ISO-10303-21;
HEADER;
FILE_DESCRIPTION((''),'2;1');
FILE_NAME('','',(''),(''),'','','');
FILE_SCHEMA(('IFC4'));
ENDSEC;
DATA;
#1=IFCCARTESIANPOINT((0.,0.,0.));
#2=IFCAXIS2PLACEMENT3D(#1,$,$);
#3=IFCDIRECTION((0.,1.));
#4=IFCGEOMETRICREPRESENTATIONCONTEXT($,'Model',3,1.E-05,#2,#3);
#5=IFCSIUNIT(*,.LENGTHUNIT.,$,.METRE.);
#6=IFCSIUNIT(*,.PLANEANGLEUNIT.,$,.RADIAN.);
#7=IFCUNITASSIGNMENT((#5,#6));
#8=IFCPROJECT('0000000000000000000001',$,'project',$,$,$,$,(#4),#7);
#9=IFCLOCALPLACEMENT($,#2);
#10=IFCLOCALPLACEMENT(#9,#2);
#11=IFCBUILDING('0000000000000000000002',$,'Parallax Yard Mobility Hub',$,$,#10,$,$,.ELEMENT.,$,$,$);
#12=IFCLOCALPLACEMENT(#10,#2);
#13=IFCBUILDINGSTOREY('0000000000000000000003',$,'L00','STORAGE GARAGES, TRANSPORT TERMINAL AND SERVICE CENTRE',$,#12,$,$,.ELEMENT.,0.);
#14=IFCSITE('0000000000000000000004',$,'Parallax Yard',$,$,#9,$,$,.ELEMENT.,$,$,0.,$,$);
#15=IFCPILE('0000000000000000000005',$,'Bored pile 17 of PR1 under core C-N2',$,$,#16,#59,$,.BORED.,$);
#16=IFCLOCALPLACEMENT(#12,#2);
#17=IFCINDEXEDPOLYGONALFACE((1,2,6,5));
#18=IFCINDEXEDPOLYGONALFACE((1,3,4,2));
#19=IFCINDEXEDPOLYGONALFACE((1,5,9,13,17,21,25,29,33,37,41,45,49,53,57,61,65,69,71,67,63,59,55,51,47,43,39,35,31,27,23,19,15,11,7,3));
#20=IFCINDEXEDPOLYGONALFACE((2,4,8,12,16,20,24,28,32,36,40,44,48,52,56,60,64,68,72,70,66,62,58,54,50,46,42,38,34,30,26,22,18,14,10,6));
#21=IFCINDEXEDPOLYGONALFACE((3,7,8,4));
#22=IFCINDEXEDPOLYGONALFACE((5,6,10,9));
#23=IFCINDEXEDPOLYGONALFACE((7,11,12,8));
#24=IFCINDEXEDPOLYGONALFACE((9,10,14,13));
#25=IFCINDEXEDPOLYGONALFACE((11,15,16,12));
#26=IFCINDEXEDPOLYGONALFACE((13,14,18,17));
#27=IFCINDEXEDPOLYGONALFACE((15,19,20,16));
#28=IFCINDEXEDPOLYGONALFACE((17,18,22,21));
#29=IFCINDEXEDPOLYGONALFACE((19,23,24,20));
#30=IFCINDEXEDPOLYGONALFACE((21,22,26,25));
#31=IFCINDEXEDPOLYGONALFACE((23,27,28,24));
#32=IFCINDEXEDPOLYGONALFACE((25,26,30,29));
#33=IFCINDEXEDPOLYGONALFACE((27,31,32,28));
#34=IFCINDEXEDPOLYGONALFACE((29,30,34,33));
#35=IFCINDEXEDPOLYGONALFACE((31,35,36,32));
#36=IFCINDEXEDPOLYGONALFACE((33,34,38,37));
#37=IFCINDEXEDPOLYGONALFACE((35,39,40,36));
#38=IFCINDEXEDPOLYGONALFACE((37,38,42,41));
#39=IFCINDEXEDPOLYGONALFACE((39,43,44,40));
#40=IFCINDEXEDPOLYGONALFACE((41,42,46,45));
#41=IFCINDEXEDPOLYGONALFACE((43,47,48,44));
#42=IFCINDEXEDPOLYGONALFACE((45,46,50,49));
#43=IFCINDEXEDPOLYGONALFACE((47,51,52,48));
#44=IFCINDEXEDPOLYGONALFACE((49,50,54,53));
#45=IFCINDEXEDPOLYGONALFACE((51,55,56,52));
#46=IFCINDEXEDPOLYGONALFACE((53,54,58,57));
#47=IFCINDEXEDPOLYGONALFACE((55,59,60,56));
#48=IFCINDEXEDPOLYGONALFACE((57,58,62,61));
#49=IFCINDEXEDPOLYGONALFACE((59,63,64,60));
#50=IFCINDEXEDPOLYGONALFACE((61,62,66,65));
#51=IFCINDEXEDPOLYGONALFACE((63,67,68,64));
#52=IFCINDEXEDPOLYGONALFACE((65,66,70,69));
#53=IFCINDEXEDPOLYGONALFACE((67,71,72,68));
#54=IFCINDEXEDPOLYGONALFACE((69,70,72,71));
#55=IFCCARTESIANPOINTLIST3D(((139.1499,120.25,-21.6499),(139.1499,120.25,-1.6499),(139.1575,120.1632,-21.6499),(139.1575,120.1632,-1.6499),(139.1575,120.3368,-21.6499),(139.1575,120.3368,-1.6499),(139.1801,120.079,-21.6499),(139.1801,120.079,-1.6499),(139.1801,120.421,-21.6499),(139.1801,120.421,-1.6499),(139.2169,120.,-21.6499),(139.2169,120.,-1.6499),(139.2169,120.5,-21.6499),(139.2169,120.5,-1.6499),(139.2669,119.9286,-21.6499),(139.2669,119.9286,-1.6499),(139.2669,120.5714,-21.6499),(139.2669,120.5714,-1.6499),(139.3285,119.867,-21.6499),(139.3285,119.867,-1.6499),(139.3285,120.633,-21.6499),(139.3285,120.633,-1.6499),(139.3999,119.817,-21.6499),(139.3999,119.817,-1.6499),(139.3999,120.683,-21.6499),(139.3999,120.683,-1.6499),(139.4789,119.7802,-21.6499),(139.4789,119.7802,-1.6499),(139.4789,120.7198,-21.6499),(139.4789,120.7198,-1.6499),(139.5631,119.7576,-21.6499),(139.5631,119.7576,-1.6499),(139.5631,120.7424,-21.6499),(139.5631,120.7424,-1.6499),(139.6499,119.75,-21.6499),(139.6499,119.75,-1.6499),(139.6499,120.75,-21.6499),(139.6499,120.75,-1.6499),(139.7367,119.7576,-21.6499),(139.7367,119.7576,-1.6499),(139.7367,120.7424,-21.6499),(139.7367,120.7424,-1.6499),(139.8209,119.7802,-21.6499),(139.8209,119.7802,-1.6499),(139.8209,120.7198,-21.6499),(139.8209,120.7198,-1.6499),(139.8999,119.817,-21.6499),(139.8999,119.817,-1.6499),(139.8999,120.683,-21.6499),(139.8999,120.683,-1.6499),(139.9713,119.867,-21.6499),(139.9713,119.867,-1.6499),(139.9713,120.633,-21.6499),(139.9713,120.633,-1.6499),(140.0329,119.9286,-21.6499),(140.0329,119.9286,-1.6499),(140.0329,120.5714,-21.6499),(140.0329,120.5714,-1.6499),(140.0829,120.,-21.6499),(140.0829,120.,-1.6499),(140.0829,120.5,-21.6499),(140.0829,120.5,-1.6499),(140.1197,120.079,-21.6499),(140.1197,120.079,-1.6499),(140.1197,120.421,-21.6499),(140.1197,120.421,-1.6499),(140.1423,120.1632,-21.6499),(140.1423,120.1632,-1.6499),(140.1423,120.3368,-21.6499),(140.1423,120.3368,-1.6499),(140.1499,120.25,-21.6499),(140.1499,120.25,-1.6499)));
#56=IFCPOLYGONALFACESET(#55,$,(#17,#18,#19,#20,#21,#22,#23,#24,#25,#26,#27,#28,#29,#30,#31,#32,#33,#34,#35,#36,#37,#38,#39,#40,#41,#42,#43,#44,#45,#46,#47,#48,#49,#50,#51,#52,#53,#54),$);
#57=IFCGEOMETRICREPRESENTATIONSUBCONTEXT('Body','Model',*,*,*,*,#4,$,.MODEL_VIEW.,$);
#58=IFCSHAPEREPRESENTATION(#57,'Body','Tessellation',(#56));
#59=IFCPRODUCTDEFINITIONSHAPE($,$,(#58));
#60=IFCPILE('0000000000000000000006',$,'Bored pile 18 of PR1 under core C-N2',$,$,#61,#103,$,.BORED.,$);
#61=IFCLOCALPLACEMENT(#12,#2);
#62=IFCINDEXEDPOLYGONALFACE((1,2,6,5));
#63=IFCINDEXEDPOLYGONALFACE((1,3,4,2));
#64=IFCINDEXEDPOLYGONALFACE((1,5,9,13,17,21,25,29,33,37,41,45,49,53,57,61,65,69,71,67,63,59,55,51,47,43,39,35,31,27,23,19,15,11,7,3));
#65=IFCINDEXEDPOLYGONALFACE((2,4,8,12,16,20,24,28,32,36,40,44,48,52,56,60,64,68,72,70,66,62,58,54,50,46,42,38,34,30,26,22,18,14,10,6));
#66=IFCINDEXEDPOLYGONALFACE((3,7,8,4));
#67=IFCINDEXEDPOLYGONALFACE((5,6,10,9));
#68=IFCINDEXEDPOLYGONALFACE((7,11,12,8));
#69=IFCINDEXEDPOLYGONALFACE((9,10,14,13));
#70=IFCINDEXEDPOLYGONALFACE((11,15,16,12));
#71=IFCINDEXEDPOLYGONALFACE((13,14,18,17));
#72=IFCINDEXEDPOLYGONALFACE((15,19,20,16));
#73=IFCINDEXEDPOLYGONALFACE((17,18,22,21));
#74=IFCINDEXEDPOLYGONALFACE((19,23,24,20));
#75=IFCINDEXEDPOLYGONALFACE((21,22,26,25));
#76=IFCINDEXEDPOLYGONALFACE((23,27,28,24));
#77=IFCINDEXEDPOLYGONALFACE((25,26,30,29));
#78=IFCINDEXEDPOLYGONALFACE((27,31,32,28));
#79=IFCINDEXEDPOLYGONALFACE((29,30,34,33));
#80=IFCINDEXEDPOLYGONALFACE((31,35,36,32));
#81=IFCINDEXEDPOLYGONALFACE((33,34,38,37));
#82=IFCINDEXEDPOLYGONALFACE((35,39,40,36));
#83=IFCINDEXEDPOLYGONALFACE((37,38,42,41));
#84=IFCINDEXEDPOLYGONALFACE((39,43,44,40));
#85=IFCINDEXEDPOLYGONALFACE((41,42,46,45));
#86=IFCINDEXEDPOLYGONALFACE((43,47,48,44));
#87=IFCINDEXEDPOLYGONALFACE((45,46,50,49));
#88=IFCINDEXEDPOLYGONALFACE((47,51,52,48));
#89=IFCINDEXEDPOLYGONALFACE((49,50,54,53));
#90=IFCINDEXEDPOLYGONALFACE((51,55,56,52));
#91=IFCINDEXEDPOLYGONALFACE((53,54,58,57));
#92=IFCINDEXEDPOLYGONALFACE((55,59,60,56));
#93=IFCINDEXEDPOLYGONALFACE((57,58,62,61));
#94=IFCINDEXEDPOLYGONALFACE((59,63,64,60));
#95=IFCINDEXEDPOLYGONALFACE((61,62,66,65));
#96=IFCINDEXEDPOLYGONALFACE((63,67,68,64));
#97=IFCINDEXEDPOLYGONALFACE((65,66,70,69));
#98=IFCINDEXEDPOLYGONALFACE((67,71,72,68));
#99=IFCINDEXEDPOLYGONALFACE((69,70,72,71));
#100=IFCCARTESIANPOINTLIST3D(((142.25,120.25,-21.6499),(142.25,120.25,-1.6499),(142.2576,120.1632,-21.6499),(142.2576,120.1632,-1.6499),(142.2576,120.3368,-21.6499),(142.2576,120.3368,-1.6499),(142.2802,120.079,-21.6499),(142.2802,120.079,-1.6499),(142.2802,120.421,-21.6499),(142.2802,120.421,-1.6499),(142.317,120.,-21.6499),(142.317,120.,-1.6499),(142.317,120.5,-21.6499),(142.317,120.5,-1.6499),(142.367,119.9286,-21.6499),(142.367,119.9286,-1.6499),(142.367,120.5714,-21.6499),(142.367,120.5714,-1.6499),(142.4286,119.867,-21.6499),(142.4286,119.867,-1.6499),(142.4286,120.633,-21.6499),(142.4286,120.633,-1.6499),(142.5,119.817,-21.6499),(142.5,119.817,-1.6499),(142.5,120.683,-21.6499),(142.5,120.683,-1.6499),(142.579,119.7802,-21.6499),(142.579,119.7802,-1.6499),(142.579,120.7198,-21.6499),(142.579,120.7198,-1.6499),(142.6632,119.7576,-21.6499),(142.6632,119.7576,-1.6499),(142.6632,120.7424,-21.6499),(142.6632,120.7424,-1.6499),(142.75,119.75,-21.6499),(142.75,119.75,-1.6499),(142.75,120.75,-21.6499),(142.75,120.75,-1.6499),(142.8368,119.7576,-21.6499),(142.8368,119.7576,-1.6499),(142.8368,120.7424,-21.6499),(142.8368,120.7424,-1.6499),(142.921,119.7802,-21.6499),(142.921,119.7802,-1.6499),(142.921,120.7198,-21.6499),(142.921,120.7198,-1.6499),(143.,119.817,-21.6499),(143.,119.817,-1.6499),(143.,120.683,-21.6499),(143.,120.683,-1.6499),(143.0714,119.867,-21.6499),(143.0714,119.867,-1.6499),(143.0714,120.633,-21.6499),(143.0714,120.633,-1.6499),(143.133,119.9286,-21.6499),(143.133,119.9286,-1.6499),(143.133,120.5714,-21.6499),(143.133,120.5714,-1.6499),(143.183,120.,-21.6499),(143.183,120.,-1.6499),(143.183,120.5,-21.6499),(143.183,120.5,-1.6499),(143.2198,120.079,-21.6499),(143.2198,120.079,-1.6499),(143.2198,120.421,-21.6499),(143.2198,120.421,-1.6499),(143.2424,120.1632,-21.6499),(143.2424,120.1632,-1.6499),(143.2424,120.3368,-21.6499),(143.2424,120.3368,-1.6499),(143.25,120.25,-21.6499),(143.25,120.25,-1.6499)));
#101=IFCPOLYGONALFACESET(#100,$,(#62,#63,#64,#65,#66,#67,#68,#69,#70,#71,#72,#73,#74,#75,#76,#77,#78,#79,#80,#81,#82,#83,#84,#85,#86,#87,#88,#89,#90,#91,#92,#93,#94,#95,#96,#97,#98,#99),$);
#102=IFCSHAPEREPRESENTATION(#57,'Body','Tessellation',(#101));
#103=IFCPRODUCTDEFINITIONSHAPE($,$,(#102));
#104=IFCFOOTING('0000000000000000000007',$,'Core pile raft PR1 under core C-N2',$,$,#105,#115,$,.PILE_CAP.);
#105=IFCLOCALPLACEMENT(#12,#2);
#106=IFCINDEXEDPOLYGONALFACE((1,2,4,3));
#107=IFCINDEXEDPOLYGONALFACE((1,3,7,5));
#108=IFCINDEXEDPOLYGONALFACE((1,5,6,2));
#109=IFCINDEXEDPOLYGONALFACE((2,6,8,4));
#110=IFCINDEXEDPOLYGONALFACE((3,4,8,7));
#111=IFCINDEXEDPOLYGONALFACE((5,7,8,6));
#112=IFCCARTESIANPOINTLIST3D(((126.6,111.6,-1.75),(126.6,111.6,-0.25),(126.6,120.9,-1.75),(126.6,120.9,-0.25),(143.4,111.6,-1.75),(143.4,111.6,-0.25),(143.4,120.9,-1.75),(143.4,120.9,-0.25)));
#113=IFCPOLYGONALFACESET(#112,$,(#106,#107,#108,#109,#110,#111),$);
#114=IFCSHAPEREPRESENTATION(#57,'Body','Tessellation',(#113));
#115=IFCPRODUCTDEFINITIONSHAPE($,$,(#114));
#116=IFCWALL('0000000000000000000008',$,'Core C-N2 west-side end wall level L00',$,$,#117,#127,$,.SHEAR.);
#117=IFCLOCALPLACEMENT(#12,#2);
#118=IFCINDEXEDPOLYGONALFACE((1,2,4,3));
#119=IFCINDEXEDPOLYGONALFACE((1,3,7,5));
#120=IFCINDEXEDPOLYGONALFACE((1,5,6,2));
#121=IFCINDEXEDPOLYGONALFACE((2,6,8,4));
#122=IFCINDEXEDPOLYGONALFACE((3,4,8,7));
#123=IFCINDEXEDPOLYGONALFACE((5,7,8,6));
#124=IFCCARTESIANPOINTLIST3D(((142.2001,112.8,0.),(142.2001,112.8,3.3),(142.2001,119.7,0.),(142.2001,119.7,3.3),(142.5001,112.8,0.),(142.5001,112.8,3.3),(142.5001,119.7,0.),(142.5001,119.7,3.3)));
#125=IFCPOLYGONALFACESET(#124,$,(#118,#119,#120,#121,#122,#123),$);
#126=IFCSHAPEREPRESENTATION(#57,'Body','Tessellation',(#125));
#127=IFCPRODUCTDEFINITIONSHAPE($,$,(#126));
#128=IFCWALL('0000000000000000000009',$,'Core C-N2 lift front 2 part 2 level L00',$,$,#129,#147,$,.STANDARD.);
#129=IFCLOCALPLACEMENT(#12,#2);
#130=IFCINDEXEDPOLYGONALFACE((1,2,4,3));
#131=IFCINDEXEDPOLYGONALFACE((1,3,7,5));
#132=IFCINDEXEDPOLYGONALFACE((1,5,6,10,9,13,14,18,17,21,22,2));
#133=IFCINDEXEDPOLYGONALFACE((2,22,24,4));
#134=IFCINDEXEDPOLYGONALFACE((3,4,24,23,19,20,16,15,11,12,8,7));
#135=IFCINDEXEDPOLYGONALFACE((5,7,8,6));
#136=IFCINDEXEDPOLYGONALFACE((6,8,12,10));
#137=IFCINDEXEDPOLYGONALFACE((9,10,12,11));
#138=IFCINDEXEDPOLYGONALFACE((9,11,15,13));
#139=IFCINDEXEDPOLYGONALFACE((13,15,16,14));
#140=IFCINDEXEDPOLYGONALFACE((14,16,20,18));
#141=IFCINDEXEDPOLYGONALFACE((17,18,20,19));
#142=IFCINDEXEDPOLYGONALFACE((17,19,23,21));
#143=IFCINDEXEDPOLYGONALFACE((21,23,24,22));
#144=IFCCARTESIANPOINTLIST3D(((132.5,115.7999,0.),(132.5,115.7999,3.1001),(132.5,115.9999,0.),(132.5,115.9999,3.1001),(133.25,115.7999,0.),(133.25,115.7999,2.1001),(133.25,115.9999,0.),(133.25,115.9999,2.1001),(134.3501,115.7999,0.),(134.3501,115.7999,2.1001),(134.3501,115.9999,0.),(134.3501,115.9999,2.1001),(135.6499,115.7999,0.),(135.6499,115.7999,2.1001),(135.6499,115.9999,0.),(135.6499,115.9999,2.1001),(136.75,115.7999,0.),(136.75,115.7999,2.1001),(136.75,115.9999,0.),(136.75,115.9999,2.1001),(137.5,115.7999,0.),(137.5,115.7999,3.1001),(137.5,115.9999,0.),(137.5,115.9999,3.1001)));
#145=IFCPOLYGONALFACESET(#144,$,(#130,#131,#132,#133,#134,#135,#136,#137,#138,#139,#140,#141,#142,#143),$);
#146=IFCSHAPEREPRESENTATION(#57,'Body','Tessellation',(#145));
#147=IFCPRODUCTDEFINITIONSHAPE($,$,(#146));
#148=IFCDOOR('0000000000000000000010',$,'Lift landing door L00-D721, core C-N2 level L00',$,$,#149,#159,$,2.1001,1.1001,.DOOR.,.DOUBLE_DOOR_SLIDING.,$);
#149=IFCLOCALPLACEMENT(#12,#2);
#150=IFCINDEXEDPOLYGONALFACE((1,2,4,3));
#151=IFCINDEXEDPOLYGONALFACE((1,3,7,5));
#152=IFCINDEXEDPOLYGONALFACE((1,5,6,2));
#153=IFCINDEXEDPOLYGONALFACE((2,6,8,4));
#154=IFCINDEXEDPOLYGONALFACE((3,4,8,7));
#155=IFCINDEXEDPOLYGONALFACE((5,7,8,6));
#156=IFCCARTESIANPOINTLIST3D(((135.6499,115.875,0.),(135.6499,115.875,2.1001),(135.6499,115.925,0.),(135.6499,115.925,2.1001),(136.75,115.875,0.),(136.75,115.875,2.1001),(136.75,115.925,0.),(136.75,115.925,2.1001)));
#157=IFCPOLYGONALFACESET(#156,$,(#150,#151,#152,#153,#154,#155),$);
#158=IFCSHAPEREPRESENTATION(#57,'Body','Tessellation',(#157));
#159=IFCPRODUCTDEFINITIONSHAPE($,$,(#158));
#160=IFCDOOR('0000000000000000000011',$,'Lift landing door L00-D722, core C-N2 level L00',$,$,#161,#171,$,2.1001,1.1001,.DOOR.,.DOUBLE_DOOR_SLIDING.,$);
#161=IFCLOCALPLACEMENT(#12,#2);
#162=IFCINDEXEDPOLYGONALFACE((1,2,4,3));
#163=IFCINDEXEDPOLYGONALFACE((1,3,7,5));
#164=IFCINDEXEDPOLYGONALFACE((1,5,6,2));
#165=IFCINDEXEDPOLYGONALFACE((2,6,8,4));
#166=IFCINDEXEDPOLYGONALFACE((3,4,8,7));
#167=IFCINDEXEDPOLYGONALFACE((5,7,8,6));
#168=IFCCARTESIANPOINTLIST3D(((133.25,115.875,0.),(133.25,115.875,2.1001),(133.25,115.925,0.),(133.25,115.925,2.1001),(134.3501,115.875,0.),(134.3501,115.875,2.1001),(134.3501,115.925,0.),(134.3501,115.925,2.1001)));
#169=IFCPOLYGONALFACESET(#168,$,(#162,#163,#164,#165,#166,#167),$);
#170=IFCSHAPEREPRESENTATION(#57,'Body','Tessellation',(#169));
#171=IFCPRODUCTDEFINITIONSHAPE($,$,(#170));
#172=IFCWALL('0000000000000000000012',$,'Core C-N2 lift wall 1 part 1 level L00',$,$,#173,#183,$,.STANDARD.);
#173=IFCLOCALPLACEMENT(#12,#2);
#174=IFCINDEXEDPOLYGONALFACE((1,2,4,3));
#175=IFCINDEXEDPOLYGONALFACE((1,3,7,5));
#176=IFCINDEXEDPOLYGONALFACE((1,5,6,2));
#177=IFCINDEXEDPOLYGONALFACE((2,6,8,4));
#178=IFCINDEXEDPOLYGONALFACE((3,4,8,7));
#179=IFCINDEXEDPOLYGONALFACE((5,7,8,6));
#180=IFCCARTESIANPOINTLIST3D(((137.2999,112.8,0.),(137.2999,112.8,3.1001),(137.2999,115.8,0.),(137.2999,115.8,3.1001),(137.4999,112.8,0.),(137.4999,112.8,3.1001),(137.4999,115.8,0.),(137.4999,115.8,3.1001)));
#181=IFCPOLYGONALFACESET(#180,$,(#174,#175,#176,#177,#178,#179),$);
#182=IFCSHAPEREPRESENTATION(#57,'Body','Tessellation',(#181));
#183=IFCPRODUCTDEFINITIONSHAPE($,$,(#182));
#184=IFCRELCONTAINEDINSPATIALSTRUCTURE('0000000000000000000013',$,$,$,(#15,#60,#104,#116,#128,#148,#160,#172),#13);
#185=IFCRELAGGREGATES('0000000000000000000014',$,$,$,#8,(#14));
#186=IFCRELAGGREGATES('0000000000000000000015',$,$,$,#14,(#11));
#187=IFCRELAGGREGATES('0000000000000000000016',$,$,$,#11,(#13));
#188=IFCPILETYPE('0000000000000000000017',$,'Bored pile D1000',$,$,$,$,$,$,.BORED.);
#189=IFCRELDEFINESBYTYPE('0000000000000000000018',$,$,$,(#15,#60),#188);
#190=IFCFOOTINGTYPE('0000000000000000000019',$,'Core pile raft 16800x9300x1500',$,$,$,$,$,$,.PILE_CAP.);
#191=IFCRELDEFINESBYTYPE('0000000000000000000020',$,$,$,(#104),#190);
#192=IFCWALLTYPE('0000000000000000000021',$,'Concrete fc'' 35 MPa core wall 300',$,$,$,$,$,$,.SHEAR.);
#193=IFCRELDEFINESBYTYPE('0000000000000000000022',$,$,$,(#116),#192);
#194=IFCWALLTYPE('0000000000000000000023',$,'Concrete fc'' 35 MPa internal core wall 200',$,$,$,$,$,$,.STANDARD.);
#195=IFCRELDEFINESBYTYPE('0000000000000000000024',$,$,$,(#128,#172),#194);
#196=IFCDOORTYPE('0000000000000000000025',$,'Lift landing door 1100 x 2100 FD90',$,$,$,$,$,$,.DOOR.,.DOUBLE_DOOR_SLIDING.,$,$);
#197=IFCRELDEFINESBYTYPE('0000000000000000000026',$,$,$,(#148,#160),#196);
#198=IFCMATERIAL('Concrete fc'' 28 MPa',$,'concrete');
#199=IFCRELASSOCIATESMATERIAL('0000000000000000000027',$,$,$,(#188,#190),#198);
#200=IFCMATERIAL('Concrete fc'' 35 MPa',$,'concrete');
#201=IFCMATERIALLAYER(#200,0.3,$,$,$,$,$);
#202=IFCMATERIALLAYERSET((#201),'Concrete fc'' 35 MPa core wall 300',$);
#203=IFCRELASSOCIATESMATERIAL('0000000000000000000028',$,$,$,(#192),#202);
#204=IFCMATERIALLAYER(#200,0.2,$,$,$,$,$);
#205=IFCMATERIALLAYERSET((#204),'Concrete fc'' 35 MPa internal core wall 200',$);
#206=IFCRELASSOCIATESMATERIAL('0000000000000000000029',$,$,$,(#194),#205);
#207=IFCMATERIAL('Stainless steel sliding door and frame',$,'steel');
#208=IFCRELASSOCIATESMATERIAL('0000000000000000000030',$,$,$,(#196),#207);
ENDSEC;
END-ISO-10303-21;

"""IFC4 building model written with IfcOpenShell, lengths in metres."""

from ifc_helpers import new_model, si_unit, direction, frame, frame_2d, origin, origin_2d, place, context, subcontext, project, spatial, rectangle, circle, extrude, material, layer, layer_set, material_profile, profile_set, type_object, element, fill, save


model = new_model("IFC4")

# Units and contexts
model_context = context("Model", 3, precision=1e-05, world=origin(), true_north=direction((0.0, 1.0)))
body_context = subcontext(model_context, "Body", "Model", "MODEL_VIEW")
ifc_project = project(units=[si_unit("LENGTHUNIT", "METRE"), si_unit("PLANEANGLEUNIT", "RADIAN")], contexts=[model_context])

# Site, building, storey
site_placement = place(None, origin())
site = spatial("IfcSite", under=ifc_project, at=site_placement, Name="Parallax Yard", CompositionType="ELEMENT", RefElevation=0.0)
building_placement = place(site_placement, origin())
building = spatial("IfcBuilding", under=site, at=building_placement, Name="Parallax Yard Mobility Hub", CompositionType="ELEMENT")
storey_placement = place(building_placement, origin())
storey = spatial("IfcBuildingStorey", under=building, at=storey_placement, Name="L00", Description="STORAGE GARAGES, TRANSPORT TERMINAL AND SERVICE CENTRE", CompositionType="ELEMENT", Elevation=0.0)

# Piles
ifc_material_1 = material(Name="Concrete fc' 28 MPa", Category="concrete")
ifc_material_profile = material_profile(ifc_material_1, circle(Radius=0.5, at=origin_2d()), Name="Bored pile D1000")
ifc_profile_set = profile_set([ifc_material_profile], Name="Concrete fc' 28 MPa")
pile_type = type_object("IfcPileType", Name="Bored pile D1000", PredefinedType="BORED", material=ifc_profile_set)
for number, where, z_axis, x_axis, name in (
    (1, (139.6499, 120.25, -1.6499), (0.0, 0.0, -1.0), (1.0, 0.0, 0.0), "Bored pile 17 of PR1 under core C-N2"),
    (2, (142.75, 120.25, -1.6499), (0.0, 0.0, -1.0), (1.0, 0.0, 0.0), "Bored pile 18 of PR1 under core C-N2"),
):
    element("IfcPile", number, at=place(storey_placement, frame(where, z_axis=z_axis, x_axis=x_axis)), inside=storey, type_object=pile_type, Name=name, PredefinedType="BORED", context=body_context, shape_type="SweptSolid", body=[
        extrude(circle(Radius=0.5, at=origin_2d()), origin(), (0.0, 0.0, 1.0), 20.0),
    ])

# Footing
footing_type = type_object("IfcFootingType", Name="Core pile raft 16800x9300x1500", PredefinedType="PILE_CAP", material=ifc_material_1)
footing_placement = place(storey_placement, frame((135.0, 116.25, -1.75), z_axis=(0.0, 0.0, 1.0), x_axis=(1.0, 0.0, 0.0)))
element("IfcFooting", 3, at=footing_placement, inside=storey, type_object=footing_type, Name="Core pile raft PR1 under core C-N2", PredefinedType="PILE_CAP", context=body_context, shape_type="SweptSolid", body=[
    extrude(rectangle(XDim=16.8, YDim=9.3, at=origin_2d()), origin(), (0.0, 0.0, 1.0), 1.5),
])

# Wall
ifc_material_2 = material(Name="Concrete fc' 35 MPa", Category="concrete")
ifc_layer_1 = layer(ifc_material_2, 0.3)
ifc_layer_set_1 = layer_set([ifc_layer_1], Name="Concrete fc' 35 MPa core wall 300")
wall_type_1 = type_object("IfcWallType", Name="Concrete fc' 35 MPa core wall 300", PredefinedType="SHEAR", material=ifc_layer_set_1)
wall_1_placement = place(storey_placement, frame((142.3501, 119.7, 0.0), z_axis=(0.0, 0.0, 1.0), x_axis=(0.0, -1.0, 0.0)))
element("IfcWall", 4, at=wall_1_placement, inside=storey, type_object=wall_type_1, Name="Core C-N2 west-side end wall level L00", PredefinedType="SHEAR", context=body_context, shape_type="SweptSolid", body=[
    extrude(rectangle(XDim=6.8999, YDim=0.3, at=frame_2d((3.45, 0.0))), origin(), (0.0, 0.0, 1.0), 3.3),
])

# Wall, openings, doors
ifc_layer_2 = layer(ifc_material_2, 0.2)
ifc_layer_set_2 = layer_set([ifc_layer_2], Name="Concrete fc' 35 MPa internal core wall 200")
wall_type_2 = type_object("IfcWallType", Name="Concrete fc' 35 MPa internal core wall 200", PredefinedType="STANDARD", material=ifc_layer_set_2)
wall_2_placement = place(storey_placement, frame((137.5, 115.8999, 0.0), z_axis=(0.0, 0.0, 1.0), x_axis=(-1.0, 0.0, 0.0)))
wall_2 = element("IfcWall", 5, at=wall_2_placement, inside=storey, type_object=wall_type_2, Name="Core C-N2 lift front 2 part 2 level L00", PredefinedType="STANDARD", context=body_context, shape_type="SweptSolid", body=[
    extrude(rectangle(XDim=5.0, YDim=0.2, at=frame_2d((2.5, 0.0))), origin(), (0.0, 0.0, 1.0), 3.1001),
])
opening_1_placement = place(wall_2_placement, frame((0.75, 0.0, 0.0)))
opening_1 = element("IfcOpeningElement", 6, at=opening_1_placement, cuts=wall_2, PredefinedType="OPENING", context=body_context, shape_type="SweptSolid", body=[
    extrude(rectangle(XDim=1.1001, YDim=2.1001, at=frame_2d((0.55, 1.05))), frame((0.0, 0.1099, 0.0), z_axis=(0.0, -1.0, 0.0), x_axis=(1.0, 0.0, 0.0)), (0.0, 0.0, 1.0), 0.22),
])
opening_2_placement = place(wall_2_placement, frame((3.1499, 0.0, 0.0)))
opening_2 = element("IfcOpeningElement", 7, at=opening_2_placement, cuts=wall_2, PredefinedType="OPENING", context=body_context, shape_type="SweptSolid", body=[
    extrude(rectangle(XDim=1.1001, YDim=2.1001, at=frame_2d((0.55, 1.05))), frame((0.0, 0.1099, 0.0), z_axis=(0.0, -1.0, 0.0), x_axis=(1.0, 0.0, 0.0)), (0.0, 0.0, 1.0), 0.22),
])
ifc_material_3 = material(Name="Stainless steel sliding door and frame", Category="steel")
door_type_1 = type_object("IfcDoorType", Name="Lift landing door 1100 x 2100 FD90", OperationType="DOUBLE_DOOR_SLIDING", PredefinedType="DOOR", material=ifc_material_3)
door_1_placement = place(opening_1_placement, origin())
door_1 = element("IfcDoor", 8, at=door_1_placement, inside=storey, type_object=door_type_1, Name="Lift landing door L00-D721, core C-N2 level L00", OperationType="DOUBLE_DOOR_SLIDING", OverallHeight=2.1001, OverallWidth=1.1001, PredefinedType="DOOR", context=body_context, shape_type="SweptSolid", body=[
    extrude(rectangle(XDim=1.1001, YDim=2.1001, at=frame_2d((0.55, 1.05))), frame((0.0, 0.0249, 0.0), z_axis=(0.0, -1.0, 0.0), x_axis=(1.0, 0.0, 0.0)), (0.0, 0.0, 1.0), 0.05),
])
fill(opening_1, door_1)
door_2_placement = place(opening_2_placement, origin())
door_2 = element("IfcDoor", 9, at=door_2_placement, inside=storey, type_object=door_type_1, Name="Lift landing door L00-D722, core C-N2 level L00", OperationType="DOUBLE_DOOR_SLIDING", OverallHeight=2.1001, OverallWidth=1.1001, PredefinedType="DOOR", context=body_context, shape_type="SweptSolid", body=[
    extrude(rectangle(XDim=1.1001, YDim=2.1001, at=frame_2d((0.55, 1.05))), frame((0.0, 0.0249, 0.0), z_axis=(0.0, -1.0, 0.0), x_axis=(1.0, 0.0, 0.0)), (0.0, 0.0, 1.0), 0.05),
])
fill(opening_2, door_2)

# Wall
wall_3_placement = place(storey_placement, frame((137.3999, 115.8, 0.0), z_axis=(0.0, 0.0, 1.0), x_axis=(0.0, -1.0, 0.0)))
element("IfcWall", 10, at=wall_3_placement, inside=storey, type_object=wall_type_2, Name="Core C-N2 lift wall 1 part 1 level L00", PredefinedType="STANDARD", context=body_context, shape_type="SweptSolid", body=[
    extrude(rectangle(XDim=3.0, YDim=0.2, at=frame_2d((1.5, 0.0))), origin(), (0.0, 0.0, 1.0), 3.1001),
])

save(model, "model.ifc")
